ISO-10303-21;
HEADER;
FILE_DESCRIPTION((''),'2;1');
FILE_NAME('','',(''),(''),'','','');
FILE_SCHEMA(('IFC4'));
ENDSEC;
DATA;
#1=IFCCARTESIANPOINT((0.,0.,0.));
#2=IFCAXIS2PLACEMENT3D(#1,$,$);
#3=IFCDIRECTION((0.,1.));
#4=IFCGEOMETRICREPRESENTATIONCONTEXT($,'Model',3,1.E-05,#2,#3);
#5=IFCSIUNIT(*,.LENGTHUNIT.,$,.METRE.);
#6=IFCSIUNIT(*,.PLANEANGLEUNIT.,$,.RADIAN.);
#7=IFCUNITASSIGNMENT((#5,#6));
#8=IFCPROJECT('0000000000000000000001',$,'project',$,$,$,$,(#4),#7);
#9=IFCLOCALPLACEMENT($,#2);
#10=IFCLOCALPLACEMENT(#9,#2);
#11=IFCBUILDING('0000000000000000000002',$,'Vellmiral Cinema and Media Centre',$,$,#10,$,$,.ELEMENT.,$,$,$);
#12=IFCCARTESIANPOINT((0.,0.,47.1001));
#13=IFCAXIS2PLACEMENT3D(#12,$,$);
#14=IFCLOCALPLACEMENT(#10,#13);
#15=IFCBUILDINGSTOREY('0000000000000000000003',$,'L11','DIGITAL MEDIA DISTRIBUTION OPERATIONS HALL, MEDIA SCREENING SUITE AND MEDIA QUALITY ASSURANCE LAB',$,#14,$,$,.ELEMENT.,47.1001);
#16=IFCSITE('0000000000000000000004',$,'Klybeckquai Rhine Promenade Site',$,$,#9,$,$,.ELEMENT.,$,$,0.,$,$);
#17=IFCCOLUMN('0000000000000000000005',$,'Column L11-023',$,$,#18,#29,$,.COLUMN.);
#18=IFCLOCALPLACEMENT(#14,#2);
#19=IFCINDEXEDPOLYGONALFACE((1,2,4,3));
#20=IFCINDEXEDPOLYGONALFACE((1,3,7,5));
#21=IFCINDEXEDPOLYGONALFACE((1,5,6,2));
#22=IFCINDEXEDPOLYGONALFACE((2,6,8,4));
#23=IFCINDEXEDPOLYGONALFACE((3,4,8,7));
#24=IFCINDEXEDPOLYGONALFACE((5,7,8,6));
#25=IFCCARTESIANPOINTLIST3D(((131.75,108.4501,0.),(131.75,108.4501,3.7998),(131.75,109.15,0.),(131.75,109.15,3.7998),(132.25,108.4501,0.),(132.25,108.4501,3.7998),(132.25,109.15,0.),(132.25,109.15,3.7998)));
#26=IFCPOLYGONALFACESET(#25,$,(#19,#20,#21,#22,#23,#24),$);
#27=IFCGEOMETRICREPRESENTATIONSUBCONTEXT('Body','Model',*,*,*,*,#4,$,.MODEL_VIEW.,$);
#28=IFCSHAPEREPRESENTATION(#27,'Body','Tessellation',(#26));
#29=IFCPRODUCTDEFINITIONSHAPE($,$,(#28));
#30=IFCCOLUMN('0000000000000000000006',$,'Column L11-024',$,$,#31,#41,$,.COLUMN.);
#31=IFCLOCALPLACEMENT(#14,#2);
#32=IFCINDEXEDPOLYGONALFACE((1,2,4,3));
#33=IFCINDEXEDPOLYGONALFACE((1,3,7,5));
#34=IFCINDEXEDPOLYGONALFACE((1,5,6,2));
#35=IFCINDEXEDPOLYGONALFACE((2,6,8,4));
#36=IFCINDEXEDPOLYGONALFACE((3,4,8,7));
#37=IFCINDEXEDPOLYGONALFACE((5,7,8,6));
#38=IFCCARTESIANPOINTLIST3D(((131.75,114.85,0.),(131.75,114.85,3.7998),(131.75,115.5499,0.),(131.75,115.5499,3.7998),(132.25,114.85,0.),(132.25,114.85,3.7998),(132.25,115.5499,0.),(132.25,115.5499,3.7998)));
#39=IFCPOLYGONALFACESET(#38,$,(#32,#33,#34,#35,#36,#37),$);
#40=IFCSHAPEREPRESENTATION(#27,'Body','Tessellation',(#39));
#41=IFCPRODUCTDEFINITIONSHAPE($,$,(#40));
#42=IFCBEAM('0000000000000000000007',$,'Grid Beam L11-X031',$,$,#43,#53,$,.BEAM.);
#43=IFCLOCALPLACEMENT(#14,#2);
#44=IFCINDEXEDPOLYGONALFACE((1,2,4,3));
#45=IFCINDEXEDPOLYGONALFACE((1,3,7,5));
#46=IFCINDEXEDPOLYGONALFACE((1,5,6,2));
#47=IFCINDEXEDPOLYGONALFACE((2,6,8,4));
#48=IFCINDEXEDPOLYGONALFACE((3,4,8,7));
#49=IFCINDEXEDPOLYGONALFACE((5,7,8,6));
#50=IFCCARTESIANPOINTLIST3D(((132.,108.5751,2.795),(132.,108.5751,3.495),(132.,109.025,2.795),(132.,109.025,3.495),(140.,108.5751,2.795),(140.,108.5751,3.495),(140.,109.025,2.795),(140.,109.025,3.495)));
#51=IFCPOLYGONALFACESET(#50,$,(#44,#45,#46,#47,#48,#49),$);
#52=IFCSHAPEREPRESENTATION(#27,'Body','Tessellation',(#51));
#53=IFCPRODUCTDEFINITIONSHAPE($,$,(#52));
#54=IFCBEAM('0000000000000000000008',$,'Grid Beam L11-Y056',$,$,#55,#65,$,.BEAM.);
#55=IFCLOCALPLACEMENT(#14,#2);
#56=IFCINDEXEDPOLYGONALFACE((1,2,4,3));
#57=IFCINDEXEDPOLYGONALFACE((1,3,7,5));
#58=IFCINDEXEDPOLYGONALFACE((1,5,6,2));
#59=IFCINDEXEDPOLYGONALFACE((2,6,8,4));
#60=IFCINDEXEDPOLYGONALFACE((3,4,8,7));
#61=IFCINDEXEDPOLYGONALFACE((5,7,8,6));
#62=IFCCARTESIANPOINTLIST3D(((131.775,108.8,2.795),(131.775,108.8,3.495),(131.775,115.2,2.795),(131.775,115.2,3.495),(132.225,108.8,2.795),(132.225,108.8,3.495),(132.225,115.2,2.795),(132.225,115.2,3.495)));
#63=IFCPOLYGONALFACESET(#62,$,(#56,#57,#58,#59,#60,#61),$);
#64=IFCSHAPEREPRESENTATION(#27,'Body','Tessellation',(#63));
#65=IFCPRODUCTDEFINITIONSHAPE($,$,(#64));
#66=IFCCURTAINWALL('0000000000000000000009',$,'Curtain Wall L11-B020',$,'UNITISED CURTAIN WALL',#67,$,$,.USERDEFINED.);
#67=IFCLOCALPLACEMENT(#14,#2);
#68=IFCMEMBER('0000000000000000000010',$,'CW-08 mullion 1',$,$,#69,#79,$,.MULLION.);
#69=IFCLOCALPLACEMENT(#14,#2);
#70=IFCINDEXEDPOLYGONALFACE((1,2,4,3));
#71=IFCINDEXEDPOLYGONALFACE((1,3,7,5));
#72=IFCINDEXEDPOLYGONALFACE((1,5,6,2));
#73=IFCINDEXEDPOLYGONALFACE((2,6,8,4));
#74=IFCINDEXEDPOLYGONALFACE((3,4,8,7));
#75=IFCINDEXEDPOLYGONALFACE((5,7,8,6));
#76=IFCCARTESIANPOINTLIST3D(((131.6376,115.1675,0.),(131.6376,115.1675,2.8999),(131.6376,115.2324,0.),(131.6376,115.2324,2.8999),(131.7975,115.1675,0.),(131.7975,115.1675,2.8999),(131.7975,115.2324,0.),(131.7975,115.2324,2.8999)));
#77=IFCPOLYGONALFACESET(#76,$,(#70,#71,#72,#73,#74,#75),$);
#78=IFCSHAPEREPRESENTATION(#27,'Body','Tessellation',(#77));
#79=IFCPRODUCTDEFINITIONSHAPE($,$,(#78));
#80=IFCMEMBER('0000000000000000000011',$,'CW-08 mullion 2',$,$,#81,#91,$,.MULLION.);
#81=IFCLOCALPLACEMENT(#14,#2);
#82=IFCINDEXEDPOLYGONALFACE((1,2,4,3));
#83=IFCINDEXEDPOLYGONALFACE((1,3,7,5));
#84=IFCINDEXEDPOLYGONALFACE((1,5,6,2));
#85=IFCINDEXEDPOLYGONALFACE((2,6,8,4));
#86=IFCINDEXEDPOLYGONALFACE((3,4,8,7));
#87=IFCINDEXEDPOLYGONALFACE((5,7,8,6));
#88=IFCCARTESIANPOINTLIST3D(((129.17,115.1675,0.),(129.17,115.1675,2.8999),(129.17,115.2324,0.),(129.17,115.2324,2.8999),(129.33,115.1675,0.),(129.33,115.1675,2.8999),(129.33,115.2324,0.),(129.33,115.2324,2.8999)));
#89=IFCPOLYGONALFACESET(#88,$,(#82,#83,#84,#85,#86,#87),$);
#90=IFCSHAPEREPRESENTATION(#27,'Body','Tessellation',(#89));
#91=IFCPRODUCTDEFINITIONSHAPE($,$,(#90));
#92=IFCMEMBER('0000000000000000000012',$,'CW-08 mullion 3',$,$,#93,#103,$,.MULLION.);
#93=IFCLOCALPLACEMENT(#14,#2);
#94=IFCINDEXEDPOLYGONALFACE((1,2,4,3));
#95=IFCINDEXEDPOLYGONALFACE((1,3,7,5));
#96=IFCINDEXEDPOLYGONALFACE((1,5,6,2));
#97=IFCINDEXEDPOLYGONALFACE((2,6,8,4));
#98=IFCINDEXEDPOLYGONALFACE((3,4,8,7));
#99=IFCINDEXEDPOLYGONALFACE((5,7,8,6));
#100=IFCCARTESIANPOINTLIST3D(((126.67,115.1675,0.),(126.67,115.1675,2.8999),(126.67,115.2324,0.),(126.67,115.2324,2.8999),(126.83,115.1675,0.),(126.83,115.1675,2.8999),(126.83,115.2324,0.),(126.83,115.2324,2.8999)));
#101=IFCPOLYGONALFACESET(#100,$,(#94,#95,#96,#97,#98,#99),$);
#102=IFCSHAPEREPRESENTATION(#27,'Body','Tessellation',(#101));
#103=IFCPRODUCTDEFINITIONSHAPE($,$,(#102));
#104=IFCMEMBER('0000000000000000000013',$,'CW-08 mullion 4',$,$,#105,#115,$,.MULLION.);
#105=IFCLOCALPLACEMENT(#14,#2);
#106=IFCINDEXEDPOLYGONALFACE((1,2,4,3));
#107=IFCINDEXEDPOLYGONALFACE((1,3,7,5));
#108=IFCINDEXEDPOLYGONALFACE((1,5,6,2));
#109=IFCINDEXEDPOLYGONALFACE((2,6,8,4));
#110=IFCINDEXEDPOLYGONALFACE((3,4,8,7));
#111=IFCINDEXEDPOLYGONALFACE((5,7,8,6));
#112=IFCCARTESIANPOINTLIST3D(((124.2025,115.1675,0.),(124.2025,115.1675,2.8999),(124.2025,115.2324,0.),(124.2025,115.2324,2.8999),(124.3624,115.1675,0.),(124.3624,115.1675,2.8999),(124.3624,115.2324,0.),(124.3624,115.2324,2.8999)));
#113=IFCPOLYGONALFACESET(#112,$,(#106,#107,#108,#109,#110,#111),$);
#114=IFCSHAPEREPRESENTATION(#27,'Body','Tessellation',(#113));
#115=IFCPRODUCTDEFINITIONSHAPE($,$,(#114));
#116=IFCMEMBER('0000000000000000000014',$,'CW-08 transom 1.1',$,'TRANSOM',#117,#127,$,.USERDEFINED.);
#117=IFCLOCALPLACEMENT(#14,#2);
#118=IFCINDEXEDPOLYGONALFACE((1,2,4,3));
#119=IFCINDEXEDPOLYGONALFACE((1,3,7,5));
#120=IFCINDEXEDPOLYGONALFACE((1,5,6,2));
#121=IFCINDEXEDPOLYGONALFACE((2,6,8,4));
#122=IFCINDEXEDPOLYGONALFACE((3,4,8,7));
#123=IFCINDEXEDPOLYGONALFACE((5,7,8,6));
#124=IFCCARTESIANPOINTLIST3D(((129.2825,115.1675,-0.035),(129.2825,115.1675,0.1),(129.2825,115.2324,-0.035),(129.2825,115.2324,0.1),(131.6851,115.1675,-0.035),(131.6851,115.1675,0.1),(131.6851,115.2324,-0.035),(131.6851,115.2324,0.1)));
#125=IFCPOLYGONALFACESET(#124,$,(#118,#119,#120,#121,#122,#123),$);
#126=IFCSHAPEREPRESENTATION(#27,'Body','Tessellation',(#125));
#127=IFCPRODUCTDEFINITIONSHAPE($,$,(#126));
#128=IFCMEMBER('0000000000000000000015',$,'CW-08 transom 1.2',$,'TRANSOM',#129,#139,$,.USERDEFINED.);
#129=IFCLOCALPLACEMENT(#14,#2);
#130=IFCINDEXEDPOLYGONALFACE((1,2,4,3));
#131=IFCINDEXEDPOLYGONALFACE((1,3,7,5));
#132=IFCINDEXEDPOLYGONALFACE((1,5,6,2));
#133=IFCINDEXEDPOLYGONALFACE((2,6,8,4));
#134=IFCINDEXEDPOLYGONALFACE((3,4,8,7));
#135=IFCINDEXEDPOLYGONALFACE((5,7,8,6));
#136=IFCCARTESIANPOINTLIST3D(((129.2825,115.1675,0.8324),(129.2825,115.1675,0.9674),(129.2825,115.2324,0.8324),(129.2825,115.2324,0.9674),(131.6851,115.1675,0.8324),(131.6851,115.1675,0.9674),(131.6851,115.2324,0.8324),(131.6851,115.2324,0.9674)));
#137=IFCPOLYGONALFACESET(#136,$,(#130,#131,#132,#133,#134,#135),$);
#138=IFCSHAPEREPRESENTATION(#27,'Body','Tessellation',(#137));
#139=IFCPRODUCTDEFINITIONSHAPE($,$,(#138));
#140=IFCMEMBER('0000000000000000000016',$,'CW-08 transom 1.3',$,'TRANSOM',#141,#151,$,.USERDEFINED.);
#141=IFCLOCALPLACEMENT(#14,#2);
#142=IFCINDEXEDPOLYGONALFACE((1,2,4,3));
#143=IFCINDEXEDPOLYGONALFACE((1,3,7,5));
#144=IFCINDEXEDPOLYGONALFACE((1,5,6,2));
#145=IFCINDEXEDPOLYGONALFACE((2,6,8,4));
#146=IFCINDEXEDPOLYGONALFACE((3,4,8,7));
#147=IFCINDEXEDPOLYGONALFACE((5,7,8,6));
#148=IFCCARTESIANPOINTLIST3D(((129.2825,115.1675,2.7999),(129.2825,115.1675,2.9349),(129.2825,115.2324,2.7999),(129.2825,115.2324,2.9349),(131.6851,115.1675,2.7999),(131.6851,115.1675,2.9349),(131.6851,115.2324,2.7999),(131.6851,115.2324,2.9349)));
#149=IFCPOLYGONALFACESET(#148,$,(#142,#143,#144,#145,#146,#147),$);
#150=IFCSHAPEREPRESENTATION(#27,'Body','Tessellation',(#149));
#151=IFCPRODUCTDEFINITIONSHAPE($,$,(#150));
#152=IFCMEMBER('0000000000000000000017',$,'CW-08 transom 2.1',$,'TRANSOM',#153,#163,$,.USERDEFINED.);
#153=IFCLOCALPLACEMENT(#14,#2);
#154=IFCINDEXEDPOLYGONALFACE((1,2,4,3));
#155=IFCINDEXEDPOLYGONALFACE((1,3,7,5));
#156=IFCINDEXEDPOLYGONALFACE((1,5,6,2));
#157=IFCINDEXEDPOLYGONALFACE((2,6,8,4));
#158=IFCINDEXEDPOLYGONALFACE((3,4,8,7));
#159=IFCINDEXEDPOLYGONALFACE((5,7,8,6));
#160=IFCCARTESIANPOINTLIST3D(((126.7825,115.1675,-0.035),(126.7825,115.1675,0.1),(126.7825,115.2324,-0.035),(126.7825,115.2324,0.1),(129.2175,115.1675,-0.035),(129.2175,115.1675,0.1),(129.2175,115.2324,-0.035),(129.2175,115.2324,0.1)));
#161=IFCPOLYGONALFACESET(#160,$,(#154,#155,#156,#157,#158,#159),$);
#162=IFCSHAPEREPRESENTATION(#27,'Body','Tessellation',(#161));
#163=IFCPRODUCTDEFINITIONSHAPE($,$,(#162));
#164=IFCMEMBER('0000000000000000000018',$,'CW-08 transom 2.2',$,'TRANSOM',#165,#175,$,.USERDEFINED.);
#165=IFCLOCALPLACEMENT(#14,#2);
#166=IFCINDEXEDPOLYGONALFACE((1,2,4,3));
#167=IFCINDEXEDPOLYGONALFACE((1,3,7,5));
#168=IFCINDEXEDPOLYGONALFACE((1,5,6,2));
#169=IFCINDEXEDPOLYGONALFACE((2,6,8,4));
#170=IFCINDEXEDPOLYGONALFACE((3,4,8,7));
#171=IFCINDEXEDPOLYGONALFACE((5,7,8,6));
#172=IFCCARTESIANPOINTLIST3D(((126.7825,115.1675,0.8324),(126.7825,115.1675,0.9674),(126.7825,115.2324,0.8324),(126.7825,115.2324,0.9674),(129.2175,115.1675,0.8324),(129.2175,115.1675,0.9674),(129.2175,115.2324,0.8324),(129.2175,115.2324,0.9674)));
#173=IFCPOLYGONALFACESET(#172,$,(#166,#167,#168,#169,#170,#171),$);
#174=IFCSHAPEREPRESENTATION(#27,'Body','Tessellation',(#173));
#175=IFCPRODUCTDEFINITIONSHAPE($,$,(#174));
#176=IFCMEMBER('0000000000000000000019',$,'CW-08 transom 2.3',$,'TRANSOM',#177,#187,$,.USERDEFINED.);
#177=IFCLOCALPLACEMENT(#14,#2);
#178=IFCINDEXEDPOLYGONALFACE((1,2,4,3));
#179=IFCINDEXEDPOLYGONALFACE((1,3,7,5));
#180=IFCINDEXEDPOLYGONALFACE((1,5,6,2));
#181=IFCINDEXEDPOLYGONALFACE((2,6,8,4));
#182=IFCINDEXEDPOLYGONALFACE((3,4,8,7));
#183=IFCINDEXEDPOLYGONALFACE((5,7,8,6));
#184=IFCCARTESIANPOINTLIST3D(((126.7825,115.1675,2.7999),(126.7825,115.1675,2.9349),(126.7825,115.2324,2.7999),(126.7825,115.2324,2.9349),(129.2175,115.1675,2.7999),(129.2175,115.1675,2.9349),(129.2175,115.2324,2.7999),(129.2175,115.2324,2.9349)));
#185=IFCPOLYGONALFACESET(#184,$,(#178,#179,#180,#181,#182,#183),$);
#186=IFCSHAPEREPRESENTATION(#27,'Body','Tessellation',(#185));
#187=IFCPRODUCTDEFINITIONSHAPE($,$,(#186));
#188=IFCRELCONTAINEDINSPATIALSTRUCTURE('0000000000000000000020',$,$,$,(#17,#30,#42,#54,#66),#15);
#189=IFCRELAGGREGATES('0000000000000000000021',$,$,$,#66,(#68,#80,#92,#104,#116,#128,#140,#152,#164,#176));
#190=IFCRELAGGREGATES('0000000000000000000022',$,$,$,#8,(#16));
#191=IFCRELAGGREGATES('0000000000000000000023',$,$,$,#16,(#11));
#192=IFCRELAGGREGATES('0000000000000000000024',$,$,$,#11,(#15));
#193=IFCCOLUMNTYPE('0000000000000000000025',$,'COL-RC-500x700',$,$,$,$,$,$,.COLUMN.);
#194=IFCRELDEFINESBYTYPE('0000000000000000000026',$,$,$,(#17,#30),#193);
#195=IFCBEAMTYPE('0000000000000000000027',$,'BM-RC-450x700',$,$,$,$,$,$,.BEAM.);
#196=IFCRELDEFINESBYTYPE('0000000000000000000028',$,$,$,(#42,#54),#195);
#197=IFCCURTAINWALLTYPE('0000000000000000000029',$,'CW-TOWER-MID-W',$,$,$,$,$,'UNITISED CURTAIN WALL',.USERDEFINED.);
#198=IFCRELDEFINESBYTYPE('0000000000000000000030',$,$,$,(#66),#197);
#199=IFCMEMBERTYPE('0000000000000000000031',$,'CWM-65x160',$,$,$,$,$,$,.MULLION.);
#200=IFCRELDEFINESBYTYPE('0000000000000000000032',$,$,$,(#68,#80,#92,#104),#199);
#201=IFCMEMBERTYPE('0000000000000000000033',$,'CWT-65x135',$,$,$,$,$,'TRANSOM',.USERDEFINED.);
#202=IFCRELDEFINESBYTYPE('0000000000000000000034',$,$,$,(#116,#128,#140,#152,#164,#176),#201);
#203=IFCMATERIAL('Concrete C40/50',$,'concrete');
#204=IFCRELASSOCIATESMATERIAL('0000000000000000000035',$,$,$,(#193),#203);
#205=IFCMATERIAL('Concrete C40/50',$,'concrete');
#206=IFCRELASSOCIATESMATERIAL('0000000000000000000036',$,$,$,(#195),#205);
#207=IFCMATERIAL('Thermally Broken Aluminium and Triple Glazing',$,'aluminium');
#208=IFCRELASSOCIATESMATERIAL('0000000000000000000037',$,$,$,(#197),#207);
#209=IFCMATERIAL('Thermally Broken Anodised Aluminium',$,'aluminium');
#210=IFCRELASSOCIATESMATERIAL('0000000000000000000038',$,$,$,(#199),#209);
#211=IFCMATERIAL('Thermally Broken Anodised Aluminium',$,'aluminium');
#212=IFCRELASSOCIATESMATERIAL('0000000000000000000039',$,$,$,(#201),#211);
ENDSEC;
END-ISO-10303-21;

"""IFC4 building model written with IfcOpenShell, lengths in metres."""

from ifc_helpers import new_model, si_unit, direction, frame, origin, origin_2d, place, context, subcontext, project, spatial, rectangle, extrude, material, material_profile, profile_set, type_object, element, aggregate, save


model = new_model("IFC4")

# Units and contexts
model_context = context("Model", 3, precision=1e-05, world=origin(), true_north=direction((0.0, 1.0)))
body_context = subcontext(model_context, "Body", "Model", "MODEL_VIEW")
ifc_project = project(units=[si_unit("LENGTHUNIT", "METRE"), si_unit("PLANEANGLEUNIT", "RADIAN")], contexts=[model_context])

# Site, building, storey
site_placement = place(None, origin())
site = spatial("IfcSite", under=ifc_project, at=site_placement, Name="Klybeckquai Rhine Promenade Site", CompositionType="ELEMENT", RefElevation=0.0)
building_placement = place(site_placement, origin())
building = spatial("IfcBuilding", under=site, at=building_placement, Name="Vellmiral Cinema and Media Centre", CompositionType="ELEMENT")
storey_placement = place(building_placement, frame((0.0, 0.0, 47.1001)))
storey = spatial("IfcBuildingStorey", under=building, at=storey_placement, Name="L11", Description="DIGITAL MEDIA DISTRIBUTION OPERATIONS HALL, MEDIA SCREENING SUITE AND MEDIA QUALITY ASSURANCE LAB", CompositionType="ELEMENT", Elevation=47.1001)

# Columns
ifc_material_1 = material(Name="Concrete C40/50", Category="concrete")
ifc_material_profile_1 = material_profile(ifc_material_1, rectangle(XDim=0.5, YDim=0.7, at=origin_2d()), Name="RC 500x700")
ifc_profile_set_1 = profile_set([ifc_material_profile_1], Name="Concrete C40/50")
column_type = type_object("IfcColumnType", Name="COL-RC-500x700", PredefinedType="COLUMN", material=ifc_profile_set_1)
for number, where, z_axis, x_axis, name in (
    (1, (132.0, 108.8, 0.0), (0.0, 0.0, 1.0), (1.0, 0.0, 0.0), "Column L11-023"),
    (2, (132.0, 115.2, 0.0), (0.0, 0.0, 1.0), (1.0, 0.0, 0.0), "Column L11-024"),
):
    element("IfcColumn", number, at=place(storey_placement, frame(where, z_axis=z_axis, x_axis=x_axis)), inside=storey, type_object=column_type, Name=name, PredefinedType="COLUMN", context=body_context, shape_type="SweptSolid", body=[
        extrude(rectangle(XDim=0.5, YDim=0.7, at=origin_2d()), origin(), (0.0, 0.0, 1.0), 3.7998),
    ])

# Beams
ifc_material_2 = material(Name="Concrete C40/50", Category="concrete")
ifc_material_profile_2 = material_profile(ifc_material_2, rectangle(XDim=0.45, YDim=0.7, at=origin_2d()), Name="RC 450x700")
ifc_profile_set_2 = profile_set([ifc_material_profile_2], Name="Concrete C40/50")
beam_type_1 = type_object("IfcBeamType", Name="BM-RC-450x700", PredefinedType="BEAM", material=ifc_profile_set_2)
beam_1_placement = place(storey_placement, frame((132.0, 108.8, 3.145), z_axis=(1.0, 0.0, 0.0), x_axis=(0.0, 1.0, 0.0)))
element("IfcBeam", 3, at=beam_1_placement, inside=storey, type_object=beam_type_1, Name="Grid Beam L11-X031", PredefinedType="BEAM", context=body_context, shape_type="SweptSolid", body=[
    extrude(rectangle(XDim=0.45, YDim=0.7, at=origin_2d()), origin(), (0.0, 0.0, 1.0), 8.0),
])
beam_2_placement = place(storey_placement, frame((132.0, 108.8, 3.145), z_axis=(0.0, 1.0, 0.0), x_axis=(-1.0, 0.0, 0.0)))
element("IfcBeam", 4, at=beam_2_placement, inside=storey, type_object=beam_type_1, Name="Grid Beam L11-Y056", PredefinedType="BEAM", context=body_context, shape_type="SweptSolid", body=[
    extrude(rectangle(XDim=0.45, YDim=0.7, at=origin_2d()), origin(), (0.0, 0.0, 1.0), 6.3999),
])

# Curtain wall, members
ifc_material_3 = material(Name="Thermally Broken Aluminium and Triple Glazing", Category="aluminium")
curtain_wall_type = type_object("IfcCurtainWallType", Name="CW-TOWER-MID-W", ElementType="UNITISED CURTAIN WALL", PredefinedType="USERDEFINED", material=ifc_material_3)
curtain_wall_placement = place(storey_placement, origin())
curtain_wall = element("IfcCurtainWall", 5, at=curtain_wall_placement, inside=storey, type_object=curtain_wall_type, Name="Curtain Wall L11-B020", ObjectType="UNITISED CURTAIN WALL", PredefinedType="USERDEFINED")
ifc_material_4 = material(Name="Thermally Broken Anodised Aluminium", Category="aluminium")
ifc_material_profile_3 = material_profile(ifc_material_4, rectangle(XDim=0.0649, YDim=0.1599, at=origin_2d()), Name="MULL 65x160")
ifc_profile_set_3 = profile_set([ifc_material_profile_3], Name="Thermally Broken Anodised Aluminium")
member_type_1 = type_object("IfcMemberType", Name="CWM-65x160", PredefinedType="MULLION", material=ifc_profile_set_3)
member_1_placement = place(storey_placement, frame((131.7175, 115.2, 0.0), z_axis=(0.0, 0.0, 1.0), x_axis=(0.0, -1.0, 0.0)))
member_1 = element("IfcMember", 6, at=member_1_placement, type_object=member_type_1, Name="CW-08 mullion 1", PredefinedType="MULLION", context=body_context, shape_type="SweptSolid", body=[
    extrude(rectangle(XDim=0.0649, YDim=0.1599, at=origin_2d()), origin(), (0.0, 0.0, 1.0), 2.8999),
])
member_2_placement = place(storey_placement, frame((129.25, 115.2, 0.0), z_axis=(0.0, 0.0, 1.0), x_axis=(0.0, -1.0, 0.0)))
member_2 = element("IfcMember", 7, at=member_2_placement, type_object=member_type_1, Name="CW-08 mullion 2", PredefinedType="MULLION", context=body_context, shape_type="SweptSolid", body=[
    extrude(rectangle(XDim=0.0649, YDim=0.1599, at=origin_2d()), origin(), (0.0, 0.0, 1.0), 2.8999),
])
member_3_placement = place(storey_placement, frame((126.75, 115.2, 0.0), z_axis=(0.0, 0.0, 1.0), x_axis=(0.0, -1.0, 0.0)))
member_3 = element("IfcMember", 8, at=member_3_placement, type_object=member_type_1, Name="CW-08 mullion 3", PredefinedType="MULLION", context=body_context, shape_type="SweptSolid", body=[
    extrude(rectangle(XDim=0.0649, YDim=0.1599, at=origin_2d()), origin(), (0.0, 0.0, 1.0), 2.8999),
])
member_4_placement = place(storey_placement, frame((124.2825, 115.2, 0.0), z_axis=(0.0, 0.0, 1.0), x_axis=(0.0, -1.0, 0.0)))
member_4 = element("IfcMember", 9, at=member_4_placement, type_object=member_type_1, Name="CW-08 mullion 4", PredefinedType="MULLION", context=body_context, shape_type="SweptSolid", body=[
    extrude(rectangle(XDim=0.0649, YDim=0.1599, at=origin_2d()), origin(), (0.0, 0.0, 1.0), 2.8999),
])
ifc_material_5 = material(Name="Thermally Broken Anodised Aluminium", Category="aluminium")
ifc_material_profile_4 = material_profile(ifc_material_5, rectangle(XDim=0.0649, YDim=0.135, at=origin_2d()), Name="MULL 65x135")
ifc_profile_set_4 = profile_set([ifc_material_profile_4], Name="Thermally Broken Anodised Aluminium")
member_type_2 = type_object("IfcMemberType", Name="CWT-65x135", ElementType="TRANSOM", PredefinedType="USERDEFINED", material=ifc_profile_set_4)
member_5_placement = place(storey_placement, frame((131.6851, 115.2, 0.0325), z_axis=(-1.0, 0.0, 0.0), x_axis=(0.0, -1.0, 0.0)))
member_5 = element("IfcMember", 10, at=member_5_placement, type_object=member_type_2, Name="CW-08 transom 1.1", ObjectType="TRANSOM", PredefinedType="USERDEFINED", context=body_context, shape_type="SweptSolid", body=[
    extrude(rectangle(XDim=0.0649, YDim=0.135, at=origin_2d()), origin(), (0.0, 0.0, 1.0), 2.4026),
])
member_6_placement = place(storey_placement, frame((131.6851, 115.2, 0.8999), z_axis=(-1.0, 0.0, 0.0), x_axis=(0.0, -1.0, 0.0)))
member_6 = element("IfcMember", 11, at=member_6_placement, type_object=member_type_2, Name="CW-08 transom 1.2", ObjectType="TRANSOM", PredefinedType="USERDEFINED", context=body_context, shape_type="SweptSolid", body=[
    extrude(rectangle(XDim=0.0649, YDim=0.135, at=origin_2d()), origin(), (0.0, 0.0, 1.0), 2.4026),
])
member_7_placement = place(storey_placement, frame((131.6851, 115.2, 2.8674), z_axis=(-1.0, 0.0, 0.0), x_axis=(0.0, -1.0, 0.0)))
member_7 = element("IfcMember", 12, at=member_7_placement, type_object=member_type_2, Name="CW-08 transom 1.3", ObjectType="TRANSOM", PredefinedType="USERDEFINED", context=body_context, shape_type="SweptSolid", body=[
    extrude(rectangle(XDim=0.0649, YDim=0.135, at=origin_2d()), origin(), (0.0, 0.0, 1.0), 2.4026),
])
member_8_placement = place(storey_placement, frame((129.2175, 115.2, 0.0325), z_axis=(-1.0, 0.0, 0.0), x_axis=(0.0, -1.0, 0.0)))
member_8 = element("IfcMember", 13, at=member_8_placement, type_object=member_type_2, Name="CW-08 transom 2.1", ObjectType="TRANSOM", PredefinedType="USERDEFINED", context=body_context, shape_type="SweptSolid", body=[
    extrude(rectangle(XDim=0.0649, YDim=0.135, at=origin_2d()), origin(), (0.0, 0.0, 1.0), 2.4351),
])
member_9_placement = place(storey_placement, frame((129.2175, 115.2, 0.8999), z_axis=(-1.0, 0.0, 0.0), x_axis=(0.0, -1.0, 0.0)))
member_9 = element("IfcMember", 14, at=member_9_placement, type_object=member_type_2, Name="CW-08 transom 2.2", ObjectType="TRANSOM", PredefinedType="USERDEFINED", context=body_context, shape_type="SweptSolid", body=[
    extrude(rectangle(XDim=0.0649, YDim=0.135, at=origin_2d()), origin(), (0.0, 0.0, 1.0), 2.4351),
])
member_10_placement = place(storey_placement, frame((129.2175, 115.2, 2.8674), z_axis=(-1.0, 0.0, 0.0), x_axis=(0.0, -1.0, 0.0)))
member_10 = element("IfcMember", 15, at=member_10_placement, type_object=member_type_2, Name="CW-08 transom 2.3", ObjectType="TRANSOM", PredefinedType="USERDEFINED", context=body_context, shape_type="SweptSolid", body=[
    extrude(rectangle(XDim=0.0649, YDim=0.135, at=origin_2d()), origin(), (0.0, 0.0, 1.0), 2.4351),
])

aggregate(curtain_wall, [member_1, member_2, member_3, member_4, member_5, member_6, member_7, member_8, member_9, member_10])

save(model, "model.ifc")
